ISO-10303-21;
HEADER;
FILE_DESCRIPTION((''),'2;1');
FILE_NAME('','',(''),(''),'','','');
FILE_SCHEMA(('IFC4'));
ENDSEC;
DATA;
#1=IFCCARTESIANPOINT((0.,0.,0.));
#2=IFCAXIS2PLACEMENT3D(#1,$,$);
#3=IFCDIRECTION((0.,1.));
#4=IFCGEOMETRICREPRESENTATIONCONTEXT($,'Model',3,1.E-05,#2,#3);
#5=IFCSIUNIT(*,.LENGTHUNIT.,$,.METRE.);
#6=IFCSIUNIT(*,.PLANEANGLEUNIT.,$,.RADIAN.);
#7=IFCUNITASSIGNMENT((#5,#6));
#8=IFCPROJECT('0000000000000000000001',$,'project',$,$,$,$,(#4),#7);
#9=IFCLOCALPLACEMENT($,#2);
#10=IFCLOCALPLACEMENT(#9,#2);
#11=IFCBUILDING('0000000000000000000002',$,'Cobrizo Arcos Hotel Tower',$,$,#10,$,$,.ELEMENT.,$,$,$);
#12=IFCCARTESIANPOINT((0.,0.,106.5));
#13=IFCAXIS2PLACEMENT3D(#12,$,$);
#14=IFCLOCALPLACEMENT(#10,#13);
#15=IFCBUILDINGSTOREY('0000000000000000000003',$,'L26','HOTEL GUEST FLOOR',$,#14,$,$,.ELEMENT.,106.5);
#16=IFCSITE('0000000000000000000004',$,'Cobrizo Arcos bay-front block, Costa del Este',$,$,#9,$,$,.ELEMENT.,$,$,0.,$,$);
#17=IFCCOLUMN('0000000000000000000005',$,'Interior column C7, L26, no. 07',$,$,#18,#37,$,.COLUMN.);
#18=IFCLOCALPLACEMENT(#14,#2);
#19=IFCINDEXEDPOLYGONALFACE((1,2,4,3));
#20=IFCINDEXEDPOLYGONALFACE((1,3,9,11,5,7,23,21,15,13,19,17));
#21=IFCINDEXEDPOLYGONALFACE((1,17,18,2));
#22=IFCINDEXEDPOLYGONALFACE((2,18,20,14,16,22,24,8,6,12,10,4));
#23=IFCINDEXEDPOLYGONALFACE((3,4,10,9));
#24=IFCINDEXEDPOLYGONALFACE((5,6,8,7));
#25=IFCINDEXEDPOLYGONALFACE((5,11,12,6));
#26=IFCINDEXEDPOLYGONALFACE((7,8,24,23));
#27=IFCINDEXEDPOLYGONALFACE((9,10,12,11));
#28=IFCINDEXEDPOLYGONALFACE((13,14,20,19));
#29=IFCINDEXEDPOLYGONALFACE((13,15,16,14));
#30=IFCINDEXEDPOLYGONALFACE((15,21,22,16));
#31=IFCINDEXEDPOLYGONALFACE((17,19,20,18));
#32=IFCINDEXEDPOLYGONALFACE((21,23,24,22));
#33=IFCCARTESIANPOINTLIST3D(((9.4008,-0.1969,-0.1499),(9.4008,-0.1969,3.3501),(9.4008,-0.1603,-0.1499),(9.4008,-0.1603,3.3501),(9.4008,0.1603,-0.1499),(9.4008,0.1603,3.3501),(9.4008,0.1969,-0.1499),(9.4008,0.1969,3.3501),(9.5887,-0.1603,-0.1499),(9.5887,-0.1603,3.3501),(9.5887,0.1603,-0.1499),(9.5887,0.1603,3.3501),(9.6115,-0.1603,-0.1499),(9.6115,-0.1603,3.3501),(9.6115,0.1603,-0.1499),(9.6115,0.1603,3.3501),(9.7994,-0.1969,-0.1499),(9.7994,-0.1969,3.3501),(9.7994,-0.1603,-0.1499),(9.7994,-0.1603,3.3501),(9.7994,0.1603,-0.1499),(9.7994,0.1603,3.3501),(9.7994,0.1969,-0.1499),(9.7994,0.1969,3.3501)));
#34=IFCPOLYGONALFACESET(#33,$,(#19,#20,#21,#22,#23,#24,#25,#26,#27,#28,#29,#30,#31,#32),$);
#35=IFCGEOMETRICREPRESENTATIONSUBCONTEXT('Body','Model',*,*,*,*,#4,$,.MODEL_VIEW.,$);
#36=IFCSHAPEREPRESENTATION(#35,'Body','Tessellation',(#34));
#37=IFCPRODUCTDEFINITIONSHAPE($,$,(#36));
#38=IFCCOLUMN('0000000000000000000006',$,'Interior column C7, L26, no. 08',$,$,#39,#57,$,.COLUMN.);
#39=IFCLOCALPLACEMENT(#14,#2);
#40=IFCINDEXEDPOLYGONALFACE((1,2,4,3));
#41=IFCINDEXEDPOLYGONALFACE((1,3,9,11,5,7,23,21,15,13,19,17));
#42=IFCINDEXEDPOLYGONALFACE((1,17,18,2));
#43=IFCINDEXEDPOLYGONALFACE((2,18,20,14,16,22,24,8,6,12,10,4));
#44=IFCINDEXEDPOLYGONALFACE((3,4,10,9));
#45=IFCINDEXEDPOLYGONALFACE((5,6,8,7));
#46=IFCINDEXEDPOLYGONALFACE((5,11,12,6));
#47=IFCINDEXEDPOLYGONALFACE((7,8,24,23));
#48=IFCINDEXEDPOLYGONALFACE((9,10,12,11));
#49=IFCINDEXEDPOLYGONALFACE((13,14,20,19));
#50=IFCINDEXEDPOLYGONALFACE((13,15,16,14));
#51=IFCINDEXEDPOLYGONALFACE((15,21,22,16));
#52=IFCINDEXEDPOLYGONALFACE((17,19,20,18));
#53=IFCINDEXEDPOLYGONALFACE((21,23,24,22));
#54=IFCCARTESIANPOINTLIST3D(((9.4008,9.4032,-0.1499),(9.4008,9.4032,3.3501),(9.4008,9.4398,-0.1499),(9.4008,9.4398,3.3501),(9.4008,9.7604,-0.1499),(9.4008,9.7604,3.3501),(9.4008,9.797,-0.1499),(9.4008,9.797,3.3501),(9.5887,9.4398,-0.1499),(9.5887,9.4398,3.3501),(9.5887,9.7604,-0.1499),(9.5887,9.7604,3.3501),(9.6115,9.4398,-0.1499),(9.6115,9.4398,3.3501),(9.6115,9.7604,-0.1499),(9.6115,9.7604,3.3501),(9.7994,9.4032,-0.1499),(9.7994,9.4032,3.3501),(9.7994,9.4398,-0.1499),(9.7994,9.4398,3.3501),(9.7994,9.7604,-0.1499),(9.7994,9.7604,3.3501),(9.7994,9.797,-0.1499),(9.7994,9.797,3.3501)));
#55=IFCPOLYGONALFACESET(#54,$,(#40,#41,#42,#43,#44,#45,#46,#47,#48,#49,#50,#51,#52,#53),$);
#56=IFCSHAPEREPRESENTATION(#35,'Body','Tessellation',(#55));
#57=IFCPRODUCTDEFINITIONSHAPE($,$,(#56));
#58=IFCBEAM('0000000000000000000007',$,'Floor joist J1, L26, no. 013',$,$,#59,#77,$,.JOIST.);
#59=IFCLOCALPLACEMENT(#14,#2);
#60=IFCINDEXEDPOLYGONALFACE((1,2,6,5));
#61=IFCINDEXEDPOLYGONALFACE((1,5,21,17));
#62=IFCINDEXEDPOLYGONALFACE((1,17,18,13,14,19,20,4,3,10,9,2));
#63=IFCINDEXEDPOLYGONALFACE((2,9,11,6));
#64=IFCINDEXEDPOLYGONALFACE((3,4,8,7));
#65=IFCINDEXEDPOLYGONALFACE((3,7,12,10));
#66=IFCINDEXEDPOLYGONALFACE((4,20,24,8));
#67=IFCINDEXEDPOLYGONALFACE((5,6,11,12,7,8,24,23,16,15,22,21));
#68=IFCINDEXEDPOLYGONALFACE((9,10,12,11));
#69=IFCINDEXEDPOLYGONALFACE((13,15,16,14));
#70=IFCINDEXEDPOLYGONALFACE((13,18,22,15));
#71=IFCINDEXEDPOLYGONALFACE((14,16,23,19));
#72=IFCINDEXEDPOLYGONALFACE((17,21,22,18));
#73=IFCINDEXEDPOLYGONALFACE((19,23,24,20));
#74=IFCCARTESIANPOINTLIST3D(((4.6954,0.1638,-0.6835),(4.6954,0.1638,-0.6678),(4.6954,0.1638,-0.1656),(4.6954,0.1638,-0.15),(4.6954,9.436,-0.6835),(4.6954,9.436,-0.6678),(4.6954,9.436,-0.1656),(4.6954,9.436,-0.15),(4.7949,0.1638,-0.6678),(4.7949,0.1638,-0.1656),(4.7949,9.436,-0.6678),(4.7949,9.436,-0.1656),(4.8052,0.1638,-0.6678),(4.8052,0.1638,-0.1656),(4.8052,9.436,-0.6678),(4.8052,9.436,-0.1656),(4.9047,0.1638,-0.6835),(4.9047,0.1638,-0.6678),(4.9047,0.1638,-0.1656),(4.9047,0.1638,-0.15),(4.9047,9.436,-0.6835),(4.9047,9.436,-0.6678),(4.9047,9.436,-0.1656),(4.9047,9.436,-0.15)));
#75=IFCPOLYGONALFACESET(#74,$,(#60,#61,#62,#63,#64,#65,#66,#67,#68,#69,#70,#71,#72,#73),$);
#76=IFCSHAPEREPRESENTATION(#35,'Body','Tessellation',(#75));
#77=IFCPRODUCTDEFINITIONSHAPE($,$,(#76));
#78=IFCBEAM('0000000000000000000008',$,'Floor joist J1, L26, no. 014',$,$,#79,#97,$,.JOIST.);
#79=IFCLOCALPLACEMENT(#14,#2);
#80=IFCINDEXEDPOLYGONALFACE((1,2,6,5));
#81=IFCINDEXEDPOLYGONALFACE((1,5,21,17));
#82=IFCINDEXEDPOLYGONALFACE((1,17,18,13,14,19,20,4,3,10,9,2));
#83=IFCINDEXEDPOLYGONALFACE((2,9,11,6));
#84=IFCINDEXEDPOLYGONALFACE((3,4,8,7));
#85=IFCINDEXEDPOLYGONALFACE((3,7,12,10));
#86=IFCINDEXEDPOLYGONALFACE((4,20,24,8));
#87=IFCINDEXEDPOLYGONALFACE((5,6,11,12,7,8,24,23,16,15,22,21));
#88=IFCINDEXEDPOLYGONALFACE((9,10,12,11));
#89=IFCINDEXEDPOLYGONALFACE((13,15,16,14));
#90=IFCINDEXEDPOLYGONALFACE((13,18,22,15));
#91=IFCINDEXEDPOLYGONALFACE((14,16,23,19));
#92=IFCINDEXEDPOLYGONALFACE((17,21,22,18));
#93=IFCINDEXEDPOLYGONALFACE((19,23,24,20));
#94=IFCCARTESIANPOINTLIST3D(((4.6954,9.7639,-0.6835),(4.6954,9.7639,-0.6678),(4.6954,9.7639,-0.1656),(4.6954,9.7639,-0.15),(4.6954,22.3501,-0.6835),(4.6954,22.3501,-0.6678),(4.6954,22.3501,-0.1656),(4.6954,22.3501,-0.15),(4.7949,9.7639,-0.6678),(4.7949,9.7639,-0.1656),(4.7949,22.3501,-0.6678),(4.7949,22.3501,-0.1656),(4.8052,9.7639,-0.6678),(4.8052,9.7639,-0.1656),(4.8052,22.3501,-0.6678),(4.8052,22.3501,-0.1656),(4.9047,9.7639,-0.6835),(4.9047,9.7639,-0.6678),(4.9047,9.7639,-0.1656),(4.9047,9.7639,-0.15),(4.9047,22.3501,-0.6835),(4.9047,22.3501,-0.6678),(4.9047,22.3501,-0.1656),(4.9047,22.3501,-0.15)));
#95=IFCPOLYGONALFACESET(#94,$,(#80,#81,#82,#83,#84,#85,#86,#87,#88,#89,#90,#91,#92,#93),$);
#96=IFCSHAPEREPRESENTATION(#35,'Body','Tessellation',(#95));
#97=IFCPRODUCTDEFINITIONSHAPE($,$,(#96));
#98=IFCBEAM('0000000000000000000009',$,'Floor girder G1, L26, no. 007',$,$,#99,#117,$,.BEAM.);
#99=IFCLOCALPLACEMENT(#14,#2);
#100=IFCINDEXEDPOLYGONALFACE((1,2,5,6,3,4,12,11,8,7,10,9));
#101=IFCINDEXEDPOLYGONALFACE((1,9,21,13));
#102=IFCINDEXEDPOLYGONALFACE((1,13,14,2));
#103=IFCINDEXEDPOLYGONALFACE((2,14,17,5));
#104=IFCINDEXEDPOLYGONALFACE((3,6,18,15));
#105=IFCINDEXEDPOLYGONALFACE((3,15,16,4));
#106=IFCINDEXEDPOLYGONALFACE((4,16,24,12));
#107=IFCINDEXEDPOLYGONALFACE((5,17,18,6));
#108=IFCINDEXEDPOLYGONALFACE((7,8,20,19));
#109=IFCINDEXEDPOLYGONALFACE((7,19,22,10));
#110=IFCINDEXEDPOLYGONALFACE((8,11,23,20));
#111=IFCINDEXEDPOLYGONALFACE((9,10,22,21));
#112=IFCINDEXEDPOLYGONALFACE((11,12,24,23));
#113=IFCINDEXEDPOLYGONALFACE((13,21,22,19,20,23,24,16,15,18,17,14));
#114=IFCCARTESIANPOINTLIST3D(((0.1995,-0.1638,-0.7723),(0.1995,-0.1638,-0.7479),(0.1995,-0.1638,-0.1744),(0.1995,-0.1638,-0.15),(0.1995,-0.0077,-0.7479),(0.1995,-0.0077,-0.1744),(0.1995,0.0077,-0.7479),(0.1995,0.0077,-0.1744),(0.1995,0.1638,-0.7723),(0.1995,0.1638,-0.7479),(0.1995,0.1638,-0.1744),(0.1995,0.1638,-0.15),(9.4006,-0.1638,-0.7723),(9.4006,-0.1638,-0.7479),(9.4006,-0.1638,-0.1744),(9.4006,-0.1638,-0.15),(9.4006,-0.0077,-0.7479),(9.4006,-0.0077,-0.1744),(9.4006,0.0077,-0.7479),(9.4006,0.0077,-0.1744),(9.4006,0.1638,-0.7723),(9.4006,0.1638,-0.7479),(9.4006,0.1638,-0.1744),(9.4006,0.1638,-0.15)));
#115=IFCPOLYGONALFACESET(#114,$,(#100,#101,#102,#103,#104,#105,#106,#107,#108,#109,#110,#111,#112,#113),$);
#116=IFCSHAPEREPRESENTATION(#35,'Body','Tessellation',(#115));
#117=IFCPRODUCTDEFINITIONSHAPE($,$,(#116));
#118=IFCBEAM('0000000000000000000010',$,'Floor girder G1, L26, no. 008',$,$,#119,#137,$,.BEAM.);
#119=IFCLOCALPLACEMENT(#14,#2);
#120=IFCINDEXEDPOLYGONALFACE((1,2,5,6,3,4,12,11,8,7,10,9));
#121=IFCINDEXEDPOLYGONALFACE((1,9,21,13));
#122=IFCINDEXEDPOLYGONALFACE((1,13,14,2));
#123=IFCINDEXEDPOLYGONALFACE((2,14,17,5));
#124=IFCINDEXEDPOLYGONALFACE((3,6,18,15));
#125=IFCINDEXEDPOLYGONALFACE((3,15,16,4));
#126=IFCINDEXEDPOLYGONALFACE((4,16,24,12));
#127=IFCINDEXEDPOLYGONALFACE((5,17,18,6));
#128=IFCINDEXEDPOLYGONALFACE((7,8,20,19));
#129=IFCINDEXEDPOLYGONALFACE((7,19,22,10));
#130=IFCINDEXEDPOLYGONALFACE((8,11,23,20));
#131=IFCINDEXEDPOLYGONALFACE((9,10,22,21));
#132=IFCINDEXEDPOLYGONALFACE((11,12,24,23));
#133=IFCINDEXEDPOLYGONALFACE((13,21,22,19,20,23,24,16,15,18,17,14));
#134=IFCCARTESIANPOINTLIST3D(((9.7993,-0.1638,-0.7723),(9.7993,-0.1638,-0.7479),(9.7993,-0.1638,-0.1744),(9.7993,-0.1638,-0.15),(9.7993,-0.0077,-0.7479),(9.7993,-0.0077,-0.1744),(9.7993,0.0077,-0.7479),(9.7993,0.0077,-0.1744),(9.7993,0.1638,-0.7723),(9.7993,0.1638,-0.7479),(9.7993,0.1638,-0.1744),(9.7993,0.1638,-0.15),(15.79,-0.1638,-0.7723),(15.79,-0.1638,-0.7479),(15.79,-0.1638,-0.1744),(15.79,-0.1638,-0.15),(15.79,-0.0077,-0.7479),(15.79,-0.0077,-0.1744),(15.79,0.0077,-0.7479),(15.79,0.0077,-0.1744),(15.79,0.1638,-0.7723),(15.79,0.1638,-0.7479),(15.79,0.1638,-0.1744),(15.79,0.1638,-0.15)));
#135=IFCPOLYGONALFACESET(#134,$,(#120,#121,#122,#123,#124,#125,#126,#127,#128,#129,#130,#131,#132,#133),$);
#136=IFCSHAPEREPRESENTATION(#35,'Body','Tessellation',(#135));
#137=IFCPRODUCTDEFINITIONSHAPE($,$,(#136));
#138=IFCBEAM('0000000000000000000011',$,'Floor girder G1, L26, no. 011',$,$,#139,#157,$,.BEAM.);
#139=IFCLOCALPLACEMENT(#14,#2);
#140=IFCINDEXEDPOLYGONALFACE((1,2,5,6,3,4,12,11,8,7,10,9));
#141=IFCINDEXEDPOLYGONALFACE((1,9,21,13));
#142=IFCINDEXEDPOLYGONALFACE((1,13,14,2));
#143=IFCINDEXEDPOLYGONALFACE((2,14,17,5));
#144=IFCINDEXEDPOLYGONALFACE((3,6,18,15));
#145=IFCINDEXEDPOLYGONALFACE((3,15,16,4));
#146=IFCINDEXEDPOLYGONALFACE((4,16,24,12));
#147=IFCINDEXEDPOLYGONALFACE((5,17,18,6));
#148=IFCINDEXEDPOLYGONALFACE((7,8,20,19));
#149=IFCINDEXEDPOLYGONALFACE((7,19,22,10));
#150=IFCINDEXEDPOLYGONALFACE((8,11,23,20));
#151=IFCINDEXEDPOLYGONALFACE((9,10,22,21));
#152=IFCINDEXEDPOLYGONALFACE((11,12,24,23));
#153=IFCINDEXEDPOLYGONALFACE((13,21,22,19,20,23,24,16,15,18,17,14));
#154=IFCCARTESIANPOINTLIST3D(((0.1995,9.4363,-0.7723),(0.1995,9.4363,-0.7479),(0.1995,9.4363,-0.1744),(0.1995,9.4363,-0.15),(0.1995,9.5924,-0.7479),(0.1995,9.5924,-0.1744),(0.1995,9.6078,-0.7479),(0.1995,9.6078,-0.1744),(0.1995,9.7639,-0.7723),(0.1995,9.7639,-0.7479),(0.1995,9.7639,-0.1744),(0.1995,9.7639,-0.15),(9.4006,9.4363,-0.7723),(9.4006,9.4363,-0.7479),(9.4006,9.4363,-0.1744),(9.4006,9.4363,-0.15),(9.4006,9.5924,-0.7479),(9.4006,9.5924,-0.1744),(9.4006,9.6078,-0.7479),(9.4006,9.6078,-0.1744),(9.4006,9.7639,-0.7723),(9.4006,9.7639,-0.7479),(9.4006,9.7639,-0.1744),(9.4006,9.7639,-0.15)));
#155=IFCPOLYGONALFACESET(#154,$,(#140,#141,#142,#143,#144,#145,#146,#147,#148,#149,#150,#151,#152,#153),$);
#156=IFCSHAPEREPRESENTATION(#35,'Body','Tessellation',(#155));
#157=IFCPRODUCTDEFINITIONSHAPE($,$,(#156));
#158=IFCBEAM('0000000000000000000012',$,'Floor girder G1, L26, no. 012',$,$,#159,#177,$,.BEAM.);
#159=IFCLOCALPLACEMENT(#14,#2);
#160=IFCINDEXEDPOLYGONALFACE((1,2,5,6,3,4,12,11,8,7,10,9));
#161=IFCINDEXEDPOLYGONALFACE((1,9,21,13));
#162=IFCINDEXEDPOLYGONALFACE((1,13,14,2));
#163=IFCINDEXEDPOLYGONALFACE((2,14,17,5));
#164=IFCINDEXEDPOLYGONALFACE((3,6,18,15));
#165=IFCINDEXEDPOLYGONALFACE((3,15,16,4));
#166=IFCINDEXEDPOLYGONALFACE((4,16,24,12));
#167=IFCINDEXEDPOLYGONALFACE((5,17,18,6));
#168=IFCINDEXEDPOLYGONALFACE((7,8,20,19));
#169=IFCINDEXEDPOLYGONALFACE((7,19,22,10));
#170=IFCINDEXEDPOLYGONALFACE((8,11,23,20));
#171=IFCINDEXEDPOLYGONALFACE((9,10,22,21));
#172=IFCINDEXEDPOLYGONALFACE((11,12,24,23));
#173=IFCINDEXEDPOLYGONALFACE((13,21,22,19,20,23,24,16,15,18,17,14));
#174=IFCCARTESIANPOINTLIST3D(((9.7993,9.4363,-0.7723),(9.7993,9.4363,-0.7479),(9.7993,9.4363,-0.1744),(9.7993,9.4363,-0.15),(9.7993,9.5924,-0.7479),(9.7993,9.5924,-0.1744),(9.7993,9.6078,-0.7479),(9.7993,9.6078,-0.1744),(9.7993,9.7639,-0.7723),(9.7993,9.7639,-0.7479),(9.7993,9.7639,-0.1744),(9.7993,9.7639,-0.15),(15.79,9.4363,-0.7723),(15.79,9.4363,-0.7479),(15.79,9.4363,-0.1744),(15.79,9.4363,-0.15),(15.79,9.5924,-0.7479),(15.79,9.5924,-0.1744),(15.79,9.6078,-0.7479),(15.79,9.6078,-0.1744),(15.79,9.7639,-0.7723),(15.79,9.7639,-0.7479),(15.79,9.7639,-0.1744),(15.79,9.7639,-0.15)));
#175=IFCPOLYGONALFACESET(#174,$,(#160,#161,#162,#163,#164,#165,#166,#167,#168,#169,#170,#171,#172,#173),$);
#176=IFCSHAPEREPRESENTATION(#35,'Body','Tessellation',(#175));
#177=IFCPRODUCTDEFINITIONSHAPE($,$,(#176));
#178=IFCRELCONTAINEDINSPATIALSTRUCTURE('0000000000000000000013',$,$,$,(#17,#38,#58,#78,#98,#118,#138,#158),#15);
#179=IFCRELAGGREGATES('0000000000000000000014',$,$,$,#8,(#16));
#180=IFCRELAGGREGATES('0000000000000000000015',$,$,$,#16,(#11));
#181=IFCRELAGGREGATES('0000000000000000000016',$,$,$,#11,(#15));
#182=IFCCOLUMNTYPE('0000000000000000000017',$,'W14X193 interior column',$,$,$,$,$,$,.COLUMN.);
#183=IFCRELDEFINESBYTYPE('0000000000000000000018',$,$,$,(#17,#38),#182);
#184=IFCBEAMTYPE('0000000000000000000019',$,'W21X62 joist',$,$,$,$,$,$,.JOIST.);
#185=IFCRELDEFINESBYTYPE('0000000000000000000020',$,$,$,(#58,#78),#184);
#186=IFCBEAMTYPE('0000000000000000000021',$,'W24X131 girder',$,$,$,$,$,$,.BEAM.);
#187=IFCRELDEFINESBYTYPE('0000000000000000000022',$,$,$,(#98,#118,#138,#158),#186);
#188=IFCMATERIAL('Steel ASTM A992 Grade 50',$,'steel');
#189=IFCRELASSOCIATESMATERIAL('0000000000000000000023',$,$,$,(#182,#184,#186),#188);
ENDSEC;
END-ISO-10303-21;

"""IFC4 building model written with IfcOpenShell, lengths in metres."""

from ifc_helpers import new_model, si_unit, direction, frame, origin, origin_2d, place, context, subcontext, project, spatial, i_section, extrude, material, material_profile, profile_set, type_object, element, save


model = new_model("IFC4")

# Units and contexts
model_context = context("Model", 3, precision=1e-05, world=origin(), true_north=direction((0.0, 1.0)))
body_context = subcontext(model_context, "Body", "Model", "MODEL_VIEW")
ifc_project = project(units=[si_unit("LENGTHUNIT", "METRE"), si_unit("PLANEANGLEUNIT", "RADIAN")], contexts=[model_context])

# Site, building, storey
site_placement = place(None, origin())
site = spatial("IfcSite", under=ifc_project, at=site_placement, Name="Cobrizo Arcos bay-front block, Costa del Este", CompositionType="ELEMENT", RefElevation=0.0)
building_placement = place(site_placement, origin())
building = spatial("IfcBuilding", under=site, at=building_placement, Name="Cobrizo Arcos Hotel Tower", CompositionType="ELEMENT")
storey_placement = place(building_placement, frame((0.0, 0.0, 106.5)))
storey = spatial("IfcBuildingStorey", under=building, at=storey_placement, Name="L26", Description="HOTEL GUEST FLOOR", CompositionType="ELEMENT", Elevation=106.5)

# Columns
ifc_material_1 = material(Name="Steel ASTM A992 Grade 50", Category="steel")
ifc_material_profile_1 = material_profile(ifc_material_1, i_section(OverallWidth=0.3987, OverallDepth=0.3938, WebThickness=0.0227, FlangeThickness=0.0366, at=origin_2d()), Name="W14X193")
ifc_profile_set_1 = profile_set([ifc_material_profile_1], Name="Steel ASTM A992 Grade 50")
column_type = type_object("IfcColumnType", Name="W14X193 interior column", PredefinedType="COLUMN", material=ifc_profile_set_1)
for number, where, z_axis, x_axis, name in (
    (1, (9.6001, 0.0, -0.1499), (0.0, 0.0, 1.0), (1.0, 0.0, 0.0), "Interior column C7, L26, no. 07"),
    (2, (9.6001, 9.6001, -0.1499), (0.0, 0.0, 1.0), (1.0, 0.0, 0.0), "Interior column C7, L26, no. 08"),
):
    element("IfcColumn", number, at=place(storey_placement, frame(where, z_axis=z_axis, x_axis=x_axis)), inside=storey, type_object=column_type, Name=name, PredefinedType="COLUMN", context=body_context, shape_type="SweptSolid", body=[
        extrude(i_section(OverallWidth=0.3987, OverallDepth=0.3938, WebThickness=0.0227, FlangeThickness=0.0366, at=origin_2d()), origin(), (0.0, 0.0, 1.0), 3.5),
    ])

# Beams
ifc_material_profile_2 = material_profile(ifc_material_1, i_section(OverallWidth=0.2092, OverallDepth=0.5334, WebThickness=0.0103, FlangeThickness=0.0156, at=origin_2d()), Name="W21X62")
ifc_profile_set_2 = profile_set([ifc_material_profile_2], Name="Steel ASTM A992 Grade 50")
beam_type_1 = type_object("IfcBeamType", Name="W21X62 joist", PredefinedType="JOIST", material=ifc_profile_set_2)
beam_1_placement = place(storey_placement, frame((4.8, 0.1638, -0.4167), z_axis=(0.0, 1.0, 0.0), x_axis=(-1.0, 0.0, 0.0)))
element("IfcBeam", 3, at=beam_1_placement, inside=storey, type_object=beam_type_1, Name="Floor joist J1, L26, no. 013", PredefinedType="JOIST", context=body_context, shape_type="SweptSolid", body=[
    extrude(i_section(OverallWidth=0.2092, OverallDepth=0.5334, WebThickness=0.0103, FlangeThickness=0.0156, at=origin_2d()), origin(), (0.0, 0.0, 1.0), 9.2722),
])
beam_2_placement = place(storey_placement, frame((4.8, 9.7639, -0.4167), z_axis=(0.0, 1.0, 0.0), x_axis=(-1.0, 0.0, 0.0)))
element("IfcBeam", 4, at=beam_2_placement, inside=storey, type_object=beam_type_1, Name="Floor joist J1, L26, no. 014", PredefinedType="JOIST", context=body_context, shape_type="SweptSolid", body=[
    extrude(i_section(OverallWidth=0.2092, OverallDepth=0.5334, WebThickness=0.0103, FlangeThickness=0.0156, at=origin_2d()), origin(), (0.0, 0.0, 1.0), 12.5862),
])
ifc_material_profile_3 = material_profile(ifc_material_1, i_section(OverallWidth=0.3276, OverallDepth=0.6223, WebThickness=0.0154, FlangeThickness=0.0244, at=origin_2d()), Name="W24X131")
ifc_profile_set_3 = profile_set([ifc_material_profile_3], Name="Steel ASTM A992 Grade 50")
beam_type_2 = type_object("IfcBeamType", Name="W24X131 girder", PredefinedType="BEAM", material=ifc_profile_set_3)
beam_3_placement = place(storey_placement, frame((0.1995, 0.0, -0.4612), z_axis=(1.0, 0.0, 0.0), x_axis=(0.0, 1.0, 0.0)))
element("IfcBeam", 5, at=beam_3_placement, inside=storey, type_object=beam_type_2, Name="Floor girder G1, L26, no. 007", PredefinedType="BEAM", context=body_context, shape_type="SweptSolid", body=[
    extrude(i_section(OverallWidth=0.3276, OverallDepth=0.6223, WebThickness=0.0154, FlangeThickness=0.0244, at=origin_2d()), origin(), (0.0, 0.0, 1.0), 9.2012),
])
beam_4_placement = place(storey_placement, frame((9.7993, 0.0, -0.4612), z_axis=(1.0, 0.0, 0.0), x_axis=(0.0, 1.0, 0.0)))
element("IfcBeam", 6, at=beam_4_placement, inside=storey, type_object=beam_type_2, Name="Floor girder G1, L26, no. 008", PredefinedType="BEAM", context=body_context, shape_type="SweptSolid", body=[
    extrude(i_section(OverallWidth=0.3276, OverallDepth=0.6223, WebThickness=0.0154, FlangeThickness=0.0244, at=origin_2d()), origin(), (0.0, 0.0, 1.0), 5.9907),
])
beam_5_placement = place(storey_placement, frame((0.1995, 9.6001, -0.4612), z_axis=(1.0, 0.0, 0.0), x_axis=(0.0, 1.0, 0.0)))
element("IfcBeam", 7, at=beam_5_placement, inside=storey, type_object=beam_type_2, Name="Floor girder G1, L26, no. 011", PredefinedType="BEAM", context=body_context, shape_type="SweptSolid", body=[
    extrude(i_section(OverallWidth=0.3276, OverallDepth=0.6223, WebThickness=0.0154, FlangeThickness=0.0244, at=origin_2d()), origin(), (0.0, 0.0, 1.0), 9.2012),
])
beam_6_placement = place(storey_placement, frame((9.7993, 9.6001, -0.4612), z_axis=(1.0, 0.0, 0.0), x_axis=(0.0, 1.0, 0.0)))
element("IfcBeam", 8, at=beam_6_placement, inside=storey, type_object=beam_type_2, Name="Floor girder G1, L26, no. 012", PredefinedType="BEAM", context=body_context, shape_type="SweptSolid", body=[
    extrude(i_section(OverallWidth=0.3276, OverallDepth=0.6223, WebThickness=0.0154, FlangeThickness=0.0244, at=origin_2d()), origin(), (0.0, 0.0, 1.0), 5.9907),
])

save(model, "model.ifc")
